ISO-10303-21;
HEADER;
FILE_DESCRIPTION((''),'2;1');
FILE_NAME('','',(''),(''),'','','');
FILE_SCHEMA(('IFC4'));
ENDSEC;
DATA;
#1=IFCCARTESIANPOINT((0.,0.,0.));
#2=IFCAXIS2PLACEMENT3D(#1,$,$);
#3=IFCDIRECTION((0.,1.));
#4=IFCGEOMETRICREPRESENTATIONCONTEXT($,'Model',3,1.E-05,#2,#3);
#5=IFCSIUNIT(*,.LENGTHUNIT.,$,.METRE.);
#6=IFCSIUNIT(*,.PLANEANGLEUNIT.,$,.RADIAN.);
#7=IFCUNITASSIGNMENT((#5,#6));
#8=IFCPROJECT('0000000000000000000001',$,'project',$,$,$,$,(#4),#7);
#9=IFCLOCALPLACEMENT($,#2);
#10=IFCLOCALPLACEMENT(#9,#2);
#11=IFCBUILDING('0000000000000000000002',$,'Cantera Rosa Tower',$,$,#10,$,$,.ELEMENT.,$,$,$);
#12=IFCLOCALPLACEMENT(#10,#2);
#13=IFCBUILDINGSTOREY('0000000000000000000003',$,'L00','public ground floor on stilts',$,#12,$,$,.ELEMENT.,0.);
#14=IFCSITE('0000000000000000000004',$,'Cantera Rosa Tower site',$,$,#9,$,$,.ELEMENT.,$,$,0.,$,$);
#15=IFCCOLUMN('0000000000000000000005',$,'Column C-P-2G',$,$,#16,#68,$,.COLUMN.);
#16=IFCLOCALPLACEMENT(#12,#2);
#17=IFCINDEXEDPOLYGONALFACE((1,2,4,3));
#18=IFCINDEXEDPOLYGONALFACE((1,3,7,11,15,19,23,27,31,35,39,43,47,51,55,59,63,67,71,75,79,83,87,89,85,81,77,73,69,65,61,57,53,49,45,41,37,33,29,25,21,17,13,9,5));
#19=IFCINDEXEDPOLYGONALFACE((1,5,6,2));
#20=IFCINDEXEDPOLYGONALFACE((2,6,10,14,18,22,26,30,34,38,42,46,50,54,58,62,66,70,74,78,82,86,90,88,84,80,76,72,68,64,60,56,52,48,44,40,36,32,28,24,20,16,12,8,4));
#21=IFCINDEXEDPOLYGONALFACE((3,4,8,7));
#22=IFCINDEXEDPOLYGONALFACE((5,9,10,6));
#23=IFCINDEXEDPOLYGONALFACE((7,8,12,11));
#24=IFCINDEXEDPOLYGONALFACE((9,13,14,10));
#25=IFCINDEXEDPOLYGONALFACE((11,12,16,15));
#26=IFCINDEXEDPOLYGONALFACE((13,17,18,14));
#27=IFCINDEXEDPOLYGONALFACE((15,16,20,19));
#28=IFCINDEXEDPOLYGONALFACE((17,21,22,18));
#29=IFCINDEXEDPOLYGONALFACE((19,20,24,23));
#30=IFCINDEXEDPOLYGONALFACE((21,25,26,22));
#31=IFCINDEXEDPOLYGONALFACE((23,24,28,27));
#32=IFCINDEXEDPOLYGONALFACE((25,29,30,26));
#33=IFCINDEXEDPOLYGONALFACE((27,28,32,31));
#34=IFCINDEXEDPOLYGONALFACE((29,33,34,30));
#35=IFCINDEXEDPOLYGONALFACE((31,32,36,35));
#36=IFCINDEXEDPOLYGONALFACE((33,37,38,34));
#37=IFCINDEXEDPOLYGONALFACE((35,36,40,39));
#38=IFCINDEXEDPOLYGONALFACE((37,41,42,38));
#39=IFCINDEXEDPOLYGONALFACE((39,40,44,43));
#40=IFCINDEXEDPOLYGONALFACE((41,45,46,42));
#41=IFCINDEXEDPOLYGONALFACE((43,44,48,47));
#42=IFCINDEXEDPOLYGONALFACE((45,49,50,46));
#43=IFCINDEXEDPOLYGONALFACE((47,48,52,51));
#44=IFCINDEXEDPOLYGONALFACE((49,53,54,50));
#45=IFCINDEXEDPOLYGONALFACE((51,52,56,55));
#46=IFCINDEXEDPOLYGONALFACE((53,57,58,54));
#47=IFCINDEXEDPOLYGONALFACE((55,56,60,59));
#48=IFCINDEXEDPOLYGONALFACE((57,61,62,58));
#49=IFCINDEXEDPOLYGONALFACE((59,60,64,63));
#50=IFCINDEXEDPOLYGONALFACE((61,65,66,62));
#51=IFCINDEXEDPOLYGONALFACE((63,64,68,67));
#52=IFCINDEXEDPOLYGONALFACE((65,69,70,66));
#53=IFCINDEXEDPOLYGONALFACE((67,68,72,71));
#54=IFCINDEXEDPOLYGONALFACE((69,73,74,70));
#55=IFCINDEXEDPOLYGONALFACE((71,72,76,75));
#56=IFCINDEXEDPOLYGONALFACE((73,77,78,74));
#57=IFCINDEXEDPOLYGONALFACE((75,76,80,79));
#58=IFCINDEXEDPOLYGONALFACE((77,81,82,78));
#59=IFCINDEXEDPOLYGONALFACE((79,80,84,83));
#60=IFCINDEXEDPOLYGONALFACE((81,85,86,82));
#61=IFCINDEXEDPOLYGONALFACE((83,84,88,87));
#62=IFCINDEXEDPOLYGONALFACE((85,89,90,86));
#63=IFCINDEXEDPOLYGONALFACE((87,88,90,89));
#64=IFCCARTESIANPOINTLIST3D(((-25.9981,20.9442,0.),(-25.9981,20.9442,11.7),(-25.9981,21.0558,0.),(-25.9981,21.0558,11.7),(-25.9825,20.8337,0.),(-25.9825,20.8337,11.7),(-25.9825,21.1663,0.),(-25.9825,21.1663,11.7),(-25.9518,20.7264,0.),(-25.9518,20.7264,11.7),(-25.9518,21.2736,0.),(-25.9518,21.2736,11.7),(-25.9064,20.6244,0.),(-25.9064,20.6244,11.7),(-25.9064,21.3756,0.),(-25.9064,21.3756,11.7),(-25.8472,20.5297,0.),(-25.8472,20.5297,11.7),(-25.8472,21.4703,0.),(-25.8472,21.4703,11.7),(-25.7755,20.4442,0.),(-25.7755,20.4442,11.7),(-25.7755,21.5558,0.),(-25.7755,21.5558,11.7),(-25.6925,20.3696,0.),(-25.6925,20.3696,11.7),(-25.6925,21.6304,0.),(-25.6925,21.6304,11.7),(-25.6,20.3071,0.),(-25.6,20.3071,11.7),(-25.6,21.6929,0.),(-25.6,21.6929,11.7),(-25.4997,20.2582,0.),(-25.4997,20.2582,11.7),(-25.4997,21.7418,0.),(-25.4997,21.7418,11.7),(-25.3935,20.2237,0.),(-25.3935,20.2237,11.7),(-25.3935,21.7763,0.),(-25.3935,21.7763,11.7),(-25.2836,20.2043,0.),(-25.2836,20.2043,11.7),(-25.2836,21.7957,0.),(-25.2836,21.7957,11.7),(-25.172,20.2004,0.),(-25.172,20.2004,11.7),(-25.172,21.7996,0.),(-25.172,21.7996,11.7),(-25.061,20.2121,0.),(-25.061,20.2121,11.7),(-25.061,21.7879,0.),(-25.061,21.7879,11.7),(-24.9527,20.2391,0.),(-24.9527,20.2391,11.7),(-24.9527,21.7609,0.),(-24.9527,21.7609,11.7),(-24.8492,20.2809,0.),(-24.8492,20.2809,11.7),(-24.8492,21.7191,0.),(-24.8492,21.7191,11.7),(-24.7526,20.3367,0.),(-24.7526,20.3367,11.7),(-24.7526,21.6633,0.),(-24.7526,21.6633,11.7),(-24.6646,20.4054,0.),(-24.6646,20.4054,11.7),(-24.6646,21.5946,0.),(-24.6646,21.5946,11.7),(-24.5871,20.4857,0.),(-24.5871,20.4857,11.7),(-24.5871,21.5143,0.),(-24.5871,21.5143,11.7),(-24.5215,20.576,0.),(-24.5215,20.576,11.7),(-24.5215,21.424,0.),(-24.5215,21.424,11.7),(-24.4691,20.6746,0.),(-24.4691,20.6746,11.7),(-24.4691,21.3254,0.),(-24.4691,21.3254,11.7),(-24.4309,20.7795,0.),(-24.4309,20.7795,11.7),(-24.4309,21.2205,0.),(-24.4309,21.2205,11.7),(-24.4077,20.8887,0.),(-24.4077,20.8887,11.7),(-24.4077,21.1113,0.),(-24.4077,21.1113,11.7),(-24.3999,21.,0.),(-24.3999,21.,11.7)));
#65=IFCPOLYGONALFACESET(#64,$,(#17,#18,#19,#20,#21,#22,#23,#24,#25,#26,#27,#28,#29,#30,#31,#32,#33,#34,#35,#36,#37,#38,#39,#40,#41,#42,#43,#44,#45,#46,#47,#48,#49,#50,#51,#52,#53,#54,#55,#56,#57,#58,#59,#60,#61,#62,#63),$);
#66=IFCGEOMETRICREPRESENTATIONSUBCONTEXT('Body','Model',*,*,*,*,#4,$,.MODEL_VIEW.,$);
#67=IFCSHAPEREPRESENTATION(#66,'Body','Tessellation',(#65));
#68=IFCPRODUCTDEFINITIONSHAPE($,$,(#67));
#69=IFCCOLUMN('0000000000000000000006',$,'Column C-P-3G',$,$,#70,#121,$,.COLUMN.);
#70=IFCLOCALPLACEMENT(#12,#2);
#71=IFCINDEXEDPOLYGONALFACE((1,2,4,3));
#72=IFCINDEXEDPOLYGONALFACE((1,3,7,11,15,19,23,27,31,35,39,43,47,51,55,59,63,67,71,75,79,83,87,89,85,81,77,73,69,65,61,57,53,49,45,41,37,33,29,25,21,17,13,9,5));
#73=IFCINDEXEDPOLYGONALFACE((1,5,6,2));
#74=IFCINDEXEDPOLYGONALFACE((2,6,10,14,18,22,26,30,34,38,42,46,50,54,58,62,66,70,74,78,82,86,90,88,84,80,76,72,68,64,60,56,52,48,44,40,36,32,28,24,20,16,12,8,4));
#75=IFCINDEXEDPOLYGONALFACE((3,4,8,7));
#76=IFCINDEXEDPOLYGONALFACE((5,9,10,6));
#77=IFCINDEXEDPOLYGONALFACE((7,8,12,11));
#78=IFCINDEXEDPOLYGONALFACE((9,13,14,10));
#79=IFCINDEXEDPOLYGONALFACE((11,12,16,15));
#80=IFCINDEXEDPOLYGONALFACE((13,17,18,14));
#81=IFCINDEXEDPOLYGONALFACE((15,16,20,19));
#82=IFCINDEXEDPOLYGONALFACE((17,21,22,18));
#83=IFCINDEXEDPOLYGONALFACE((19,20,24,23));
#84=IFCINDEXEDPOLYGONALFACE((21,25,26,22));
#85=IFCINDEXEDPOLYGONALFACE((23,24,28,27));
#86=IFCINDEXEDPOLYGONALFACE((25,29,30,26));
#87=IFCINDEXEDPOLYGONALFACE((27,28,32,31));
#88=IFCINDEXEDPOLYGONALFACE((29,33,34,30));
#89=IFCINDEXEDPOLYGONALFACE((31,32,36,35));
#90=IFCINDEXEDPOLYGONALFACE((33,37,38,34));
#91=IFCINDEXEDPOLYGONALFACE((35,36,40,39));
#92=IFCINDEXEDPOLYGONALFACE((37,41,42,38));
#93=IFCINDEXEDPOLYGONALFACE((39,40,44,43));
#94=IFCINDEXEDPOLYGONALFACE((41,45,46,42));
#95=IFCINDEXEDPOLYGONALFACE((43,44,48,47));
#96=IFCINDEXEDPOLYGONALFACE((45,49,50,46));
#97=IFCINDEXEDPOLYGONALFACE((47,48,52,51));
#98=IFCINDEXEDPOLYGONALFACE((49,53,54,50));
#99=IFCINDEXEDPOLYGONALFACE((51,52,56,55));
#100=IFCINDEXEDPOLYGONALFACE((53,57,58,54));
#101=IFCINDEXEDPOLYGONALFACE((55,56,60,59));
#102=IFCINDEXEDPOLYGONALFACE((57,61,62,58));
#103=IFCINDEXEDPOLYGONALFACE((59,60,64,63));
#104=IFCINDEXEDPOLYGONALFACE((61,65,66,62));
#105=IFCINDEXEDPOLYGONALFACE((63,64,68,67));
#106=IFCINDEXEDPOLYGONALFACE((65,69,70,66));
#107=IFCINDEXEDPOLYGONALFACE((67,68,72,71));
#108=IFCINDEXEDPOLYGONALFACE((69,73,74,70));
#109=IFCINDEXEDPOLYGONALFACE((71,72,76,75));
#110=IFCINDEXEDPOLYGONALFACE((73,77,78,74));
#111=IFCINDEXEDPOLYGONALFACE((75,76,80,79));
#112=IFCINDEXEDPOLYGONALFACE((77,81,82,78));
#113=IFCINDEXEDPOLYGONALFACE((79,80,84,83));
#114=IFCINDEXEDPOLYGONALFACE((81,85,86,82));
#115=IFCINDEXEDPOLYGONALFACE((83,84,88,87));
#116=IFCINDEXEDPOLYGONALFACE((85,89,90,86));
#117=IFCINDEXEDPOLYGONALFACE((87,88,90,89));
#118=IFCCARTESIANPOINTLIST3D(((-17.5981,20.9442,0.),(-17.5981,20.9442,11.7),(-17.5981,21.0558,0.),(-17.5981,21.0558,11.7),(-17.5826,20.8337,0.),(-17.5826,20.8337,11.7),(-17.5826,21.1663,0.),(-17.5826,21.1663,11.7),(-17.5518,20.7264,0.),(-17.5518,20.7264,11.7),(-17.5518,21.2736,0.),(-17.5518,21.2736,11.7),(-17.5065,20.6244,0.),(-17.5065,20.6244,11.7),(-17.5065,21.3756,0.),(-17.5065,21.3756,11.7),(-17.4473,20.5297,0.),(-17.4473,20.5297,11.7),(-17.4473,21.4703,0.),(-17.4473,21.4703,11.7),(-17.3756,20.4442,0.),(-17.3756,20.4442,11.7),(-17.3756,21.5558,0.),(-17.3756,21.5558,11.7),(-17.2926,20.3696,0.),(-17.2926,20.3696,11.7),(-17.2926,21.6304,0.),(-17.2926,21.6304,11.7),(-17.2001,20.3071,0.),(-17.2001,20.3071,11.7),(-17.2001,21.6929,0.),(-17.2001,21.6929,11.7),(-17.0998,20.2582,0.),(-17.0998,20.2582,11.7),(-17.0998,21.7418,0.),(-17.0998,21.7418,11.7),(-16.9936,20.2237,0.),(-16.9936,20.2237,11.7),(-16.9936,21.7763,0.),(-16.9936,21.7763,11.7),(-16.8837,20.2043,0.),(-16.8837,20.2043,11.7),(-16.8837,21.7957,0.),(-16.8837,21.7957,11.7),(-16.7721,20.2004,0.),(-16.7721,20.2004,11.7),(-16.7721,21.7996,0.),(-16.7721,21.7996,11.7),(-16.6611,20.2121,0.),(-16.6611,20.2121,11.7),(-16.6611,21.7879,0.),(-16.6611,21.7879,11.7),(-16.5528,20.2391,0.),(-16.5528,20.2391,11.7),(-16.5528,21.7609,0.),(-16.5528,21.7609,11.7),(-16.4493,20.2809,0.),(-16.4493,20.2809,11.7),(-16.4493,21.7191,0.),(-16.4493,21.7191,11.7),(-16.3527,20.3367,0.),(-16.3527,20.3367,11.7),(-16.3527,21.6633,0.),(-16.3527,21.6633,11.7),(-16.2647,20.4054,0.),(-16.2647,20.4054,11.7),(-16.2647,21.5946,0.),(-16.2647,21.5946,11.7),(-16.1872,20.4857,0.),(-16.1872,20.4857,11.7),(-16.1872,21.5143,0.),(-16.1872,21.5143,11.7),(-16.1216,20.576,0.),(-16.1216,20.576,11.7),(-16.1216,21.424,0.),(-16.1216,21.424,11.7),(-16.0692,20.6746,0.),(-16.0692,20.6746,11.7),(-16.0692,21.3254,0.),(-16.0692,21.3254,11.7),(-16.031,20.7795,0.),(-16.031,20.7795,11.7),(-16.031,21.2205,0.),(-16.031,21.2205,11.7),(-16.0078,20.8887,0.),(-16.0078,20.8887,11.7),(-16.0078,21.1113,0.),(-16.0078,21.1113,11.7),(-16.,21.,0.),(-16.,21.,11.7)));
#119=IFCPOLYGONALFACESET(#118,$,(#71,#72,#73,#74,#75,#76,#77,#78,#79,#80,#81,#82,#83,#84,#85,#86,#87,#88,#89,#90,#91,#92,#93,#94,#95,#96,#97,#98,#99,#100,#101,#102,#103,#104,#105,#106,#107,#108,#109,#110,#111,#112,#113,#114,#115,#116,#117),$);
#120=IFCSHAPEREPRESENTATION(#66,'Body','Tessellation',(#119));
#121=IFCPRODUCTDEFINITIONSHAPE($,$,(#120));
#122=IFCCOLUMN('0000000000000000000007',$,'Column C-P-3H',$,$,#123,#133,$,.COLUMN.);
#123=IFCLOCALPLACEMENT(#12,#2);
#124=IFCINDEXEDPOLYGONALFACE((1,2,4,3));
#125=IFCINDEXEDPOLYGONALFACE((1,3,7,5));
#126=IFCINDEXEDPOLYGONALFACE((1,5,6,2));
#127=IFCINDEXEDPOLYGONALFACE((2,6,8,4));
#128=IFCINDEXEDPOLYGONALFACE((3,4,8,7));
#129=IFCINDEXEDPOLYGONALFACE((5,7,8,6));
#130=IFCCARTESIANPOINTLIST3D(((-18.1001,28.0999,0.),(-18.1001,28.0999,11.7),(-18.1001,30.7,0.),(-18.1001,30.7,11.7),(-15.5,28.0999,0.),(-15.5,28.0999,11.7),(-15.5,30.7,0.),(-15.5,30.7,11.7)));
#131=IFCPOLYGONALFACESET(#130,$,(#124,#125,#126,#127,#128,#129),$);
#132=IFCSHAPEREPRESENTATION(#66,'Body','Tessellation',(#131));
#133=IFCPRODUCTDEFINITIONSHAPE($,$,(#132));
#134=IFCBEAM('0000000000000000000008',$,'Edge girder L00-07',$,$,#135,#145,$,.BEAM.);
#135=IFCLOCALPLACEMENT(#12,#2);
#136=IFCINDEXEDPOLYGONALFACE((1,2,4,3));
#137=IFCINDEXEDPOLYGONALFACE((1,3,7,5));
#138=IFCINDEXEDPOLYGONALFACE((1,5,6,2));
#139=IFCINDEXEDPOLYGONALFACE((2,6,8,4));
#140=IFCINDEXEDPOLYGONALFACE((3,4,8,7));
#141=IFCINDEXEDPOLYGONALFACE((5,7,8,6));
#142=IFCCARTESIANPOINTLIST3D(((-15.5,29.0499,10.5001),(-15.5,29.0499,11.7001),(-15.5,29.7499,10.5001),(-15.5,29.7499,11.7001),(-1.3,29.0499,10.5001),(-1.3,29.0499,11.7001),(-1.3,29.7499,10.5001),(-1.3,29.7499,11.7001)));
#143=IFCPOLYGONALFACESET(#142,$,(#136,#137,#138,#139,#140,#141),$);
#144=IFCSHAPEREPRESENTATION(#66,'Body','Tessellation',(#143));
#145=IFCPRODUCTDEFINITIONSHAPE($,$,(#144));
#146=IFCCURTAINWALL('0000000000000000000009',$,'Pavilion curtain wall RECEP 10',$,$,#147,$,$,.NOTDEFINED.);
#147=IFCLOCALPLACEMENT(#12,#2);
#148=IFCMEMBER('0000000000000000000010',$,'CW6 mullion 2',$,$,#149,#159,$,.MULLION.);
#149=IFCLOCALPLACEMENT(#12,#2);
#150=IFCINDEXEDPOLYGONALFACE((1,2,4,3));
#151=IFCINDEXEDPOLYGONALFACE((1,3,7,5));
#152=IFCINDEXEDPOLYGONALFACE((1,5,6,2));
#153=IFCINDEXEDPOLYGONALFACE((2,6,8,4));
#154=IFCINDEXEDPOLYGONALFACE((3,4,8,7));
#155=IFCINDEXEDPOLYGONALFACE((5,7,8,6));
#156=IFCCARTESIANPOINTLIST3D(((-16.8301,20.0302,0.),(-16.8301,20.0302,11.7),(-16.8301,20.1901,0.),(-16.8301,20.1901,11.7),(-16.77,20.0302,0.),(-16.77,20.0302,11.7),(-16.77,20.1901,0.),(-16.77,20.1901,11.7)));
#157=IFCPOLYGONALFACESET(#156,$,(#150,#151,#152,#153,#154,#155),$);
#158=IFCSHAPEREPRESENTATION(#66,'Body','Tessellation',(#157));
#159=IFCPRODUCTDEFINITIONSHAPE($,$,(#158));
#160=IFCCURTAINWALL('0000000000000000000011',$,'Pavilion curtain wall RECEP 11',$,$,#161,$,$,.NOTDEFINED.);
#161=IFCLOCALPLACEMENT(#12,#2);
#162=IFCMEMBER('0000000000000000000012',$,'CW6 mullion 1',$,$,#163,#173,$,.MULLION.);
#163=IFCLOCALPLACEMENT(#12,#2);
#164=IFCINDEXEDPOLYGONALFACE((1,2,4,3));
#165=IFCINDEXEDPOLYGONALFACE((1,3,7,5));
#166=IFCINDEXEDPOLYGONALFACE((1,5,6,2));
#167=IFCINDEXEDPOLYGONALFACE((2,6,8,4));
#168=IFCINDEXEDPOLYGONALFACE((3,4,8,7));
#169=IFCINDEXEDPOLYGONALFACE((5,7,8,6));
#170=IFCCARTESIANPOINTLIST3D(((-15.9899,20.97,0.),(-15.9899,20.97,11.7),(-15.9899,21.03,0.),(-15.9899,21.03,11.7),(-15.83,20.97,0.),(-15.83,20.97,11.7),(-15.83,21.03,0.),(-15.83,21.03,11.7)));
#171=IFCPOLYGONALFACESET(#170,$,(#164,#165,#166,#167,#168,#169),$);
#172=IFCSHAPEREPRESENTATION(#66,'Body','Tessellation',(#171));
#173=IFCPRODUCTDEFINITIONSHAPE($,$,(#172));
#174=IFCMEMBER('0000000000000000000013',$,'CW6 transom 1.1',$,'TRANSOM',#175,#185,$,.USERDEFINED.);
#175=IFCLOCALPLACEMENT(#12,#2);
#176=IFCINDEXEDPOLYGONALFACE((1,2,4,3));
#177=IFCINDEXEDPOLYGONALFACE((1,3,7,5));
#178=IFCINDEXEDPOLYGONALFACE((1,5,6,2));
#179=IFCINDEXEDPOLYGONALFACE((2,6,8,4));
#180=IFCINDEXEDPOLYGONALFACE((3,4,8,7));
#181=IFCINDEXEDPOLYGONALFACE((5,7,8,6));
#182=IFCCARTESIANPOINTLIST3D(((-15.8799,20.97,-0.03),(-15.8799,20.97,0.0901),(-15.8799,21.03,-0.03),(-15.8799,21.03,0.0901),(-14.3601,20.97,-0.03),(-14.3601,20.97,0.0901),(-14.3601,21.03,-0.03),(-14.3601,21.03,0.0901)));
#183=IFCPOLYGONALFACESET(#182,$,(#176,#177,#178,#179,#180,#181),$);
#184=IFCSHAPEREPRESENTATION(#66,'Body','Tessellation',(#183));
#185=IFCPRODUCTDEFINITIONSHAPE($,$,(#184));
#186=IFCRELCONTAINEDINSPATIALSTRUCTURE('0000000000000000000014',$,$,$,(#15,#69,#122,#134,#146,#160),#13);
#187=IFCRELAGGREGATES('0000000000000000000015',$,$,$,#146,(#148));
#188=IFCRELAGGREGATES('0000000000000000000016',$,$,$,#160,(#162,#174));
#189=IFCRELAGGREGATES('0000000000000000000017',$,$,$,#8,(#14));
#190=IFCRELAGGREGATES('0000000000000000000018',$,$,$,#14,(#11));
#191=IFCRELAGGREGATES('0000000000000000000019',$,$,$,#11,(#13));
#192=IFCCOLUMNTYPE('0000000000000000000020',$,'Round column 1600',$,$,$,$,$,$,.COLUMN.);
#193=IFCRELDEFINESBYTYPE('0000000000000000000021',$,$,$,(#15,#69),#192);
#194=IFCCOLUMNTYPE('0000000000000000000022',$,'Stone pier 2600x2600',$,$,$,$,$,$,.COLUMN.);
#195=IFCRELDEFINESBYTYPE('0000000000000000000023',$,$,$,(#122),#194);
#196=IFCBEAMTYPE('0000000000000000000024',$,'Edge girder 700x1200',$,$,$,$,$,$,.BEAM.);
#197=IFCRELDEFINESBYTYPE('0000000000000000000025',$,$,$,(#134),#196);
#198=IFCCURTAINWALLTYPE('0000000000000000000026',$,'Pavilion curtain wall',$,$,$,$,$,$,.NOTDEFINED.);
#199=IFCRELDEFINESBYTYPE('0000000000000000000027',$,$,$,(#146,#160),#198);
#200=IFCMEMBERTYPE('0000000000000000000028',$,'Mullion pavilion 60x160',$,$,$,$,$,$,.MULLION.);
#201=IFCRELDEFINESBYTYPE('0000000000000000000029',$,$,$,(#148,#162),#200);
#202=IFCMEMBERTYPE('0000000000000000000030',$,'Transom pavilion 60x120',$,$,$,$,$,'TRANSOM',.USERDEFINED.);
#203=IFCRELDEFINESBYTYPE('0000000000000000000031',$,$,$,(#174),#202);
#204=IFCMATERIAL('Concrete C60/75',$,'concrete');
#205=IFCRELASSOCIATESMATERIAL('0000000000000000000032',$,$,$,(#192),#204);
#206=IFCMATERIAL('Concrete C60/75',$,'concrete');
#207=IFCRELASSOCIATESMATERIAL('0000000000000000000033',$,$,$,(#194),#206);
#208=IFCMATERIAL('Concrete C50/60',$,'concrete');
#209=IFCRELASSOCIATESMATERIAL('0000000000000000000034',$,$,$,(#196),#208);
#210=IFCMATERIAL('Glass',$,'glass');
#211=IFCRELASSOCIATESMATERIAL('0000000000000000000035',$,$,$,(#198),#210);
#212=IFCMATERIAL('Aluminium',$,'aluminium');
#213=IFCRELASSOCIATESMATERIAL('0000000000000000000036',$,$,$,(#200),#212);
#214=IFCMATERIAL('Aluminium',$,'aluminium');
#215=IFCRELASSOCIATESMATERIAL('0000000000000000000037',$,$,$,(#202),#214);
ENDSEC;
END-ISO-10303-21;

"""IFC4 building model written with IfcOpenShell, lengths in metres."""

from ifc_helpers import new_model, si_unit, direction, frame, origin, origin_2d, place, context, subcontext, project, spatial, rectangle, circle, extrude, material, material_profile, profile_set, type_object, element, aggregate, save


model = new_model("IFC4")

# Units and contexts
model_context = context("Model", 3, precision=1e-05, world=origin(), true_north=direction((0.0, 1.0)))
body_context = subcontext(model_context, "Body", "Model", "MODEL_VIEW")
ifc_project = project(units=[si_unit("LENGTHUNIT", "METRE"), si_unit("PLANEANGLEUNIT", "RADIAN")], contexts=[model_context])

# Site, building, storey
site_placement = place(None, origin())
site = spatial("IfcSite", under=ifc_project, at=site_placement, Name="Cantera Rosa Tower site", CompositionType="ELEMENT", RefElevation=0.0)
building_placement = place(site_placement, origin())
building = spatial("IfcBuilding", under=site, at=building_placement, Name="Cantera Rosa Tower", CompositionType="ELEMENT")
storey_placement = place(building_placement, origin())
storey = spatial("IfcBuildingStorey", under=building, at=storey_placement, Name="L00", Description="public ground floor on stilts", CompositionType="ELEMENT", Elevation=0.0)

# Columns
ifc_material_1 = material(Name="Concrete C60/75", Category="concrete")
ifc_material_profile_1 = material_profile(ifc_material_1, circle(Radius=0.8, at=origin_2d()), Name="Round column 1600")
ifc_profile_set_1 = profile_set([ifc_material_profile_1], Name="Concrete C60/75")
column_type_1 = type_object("IfcColumnType", Name="Round column 1600", PredefinedType="COLUMN", material=ifc_profile_set_1)
for number, where, z_axis, x_axis, name in (
    (1, (-25.2, 21.0, 0.0), (0.0, 0.0, 1.0), (1.0, 0.0, 0.0), "Column C-P-2G"),
    (2, (-16.8, 21.0, 0.0), (0.0, 0.0, 1.0), (1.0, 0.0, 0.0), "Column C-P-3G"),
):
    element("IfcColumn", number, at=place(storey_placement, frame(where, z_axis=z_axis, x_axis=x_axis)), inside=storey, type_object=column_type_1, Name=name, PredefinedType="COLUMN", context=body_context, shape_type="SweptSolid", body=[
        extrude(circle(Radius=0.8, at=origin_2d()), origin(), (0.0, 0.0, 1.0), 11.7),
    ])
ifc_material_2 = material(Name="Concrete C60/75", Category="concrete")
ifc_material_profile_2 = material_profile(ifc_material_2, rectangle(XDim=2.6001, YDim=2.6001, at=origin_2d()), Name="Stone pier 2600x2600")
ifc_profile_set_2 = profile_set([ifc_material_profile_2], Name="Concrete C60/75")
column_type_2 = type_object("IfcColumnType", Name="Stone pier 2600x2600", PredefinedType="COLUMN", material=ifc_profile_set_2)
column_placement = place(storey_placement, frame((-16.8, 29.3999, 0.0), z_axis=(0.0, 0.0, 1.0), x_axis=(1.0, 0.0, 0.0)))
element("IfcColumn", 3, at=column_placement, inside=storey, type_object=column_type_2, Name="Column C-P-3H", PredefinedType="COLUMN", context=body_context, shape_type="SweptSolid", body=[
    extrude(rectangle(XDim=2.6001, YDim=2.6001, at=origin_2d()), origin(), (0.0, 0.0, 1.0), 11.7),
])

# Beam
ifc_material_3 = material(Name="Concrete C50/60", Category="concrete")
ifc_material_profile_3 = material_profile(ifc_material_3, rectangle(XDim=0.7, YDim=1.2, at=origin_2d()), Name="Edge girder 700x1200")
ifc_profile_set_3 = profile_set([ifc_material_profile_3], Name="Concrete C50/60")
beam_type = type_object("IfcBeamType", Name="Edge girder 700x1200", PredefinedType="BEAM", material=ifc_profile_set_3)
beam_placement = place(storey_placement, frame((-15.5, 29.3999, 11.1001), z_axis=(1.0, 0.0, 0.0), x_axis=(0.0, 1.0, 0.0)))
element("IfcBeam", 4, at=beam_placement, inside=storey, type_object=beam_type, Name="Edge girder L00-07", PredefinedType="BEAM", context=body_context, shape_type="SweptSolid", body=[
    extrude(rectangle(XDim=0.7, YDim=1.2, at=origin_2d()), origin(), (0.0, 0.0, 1.0), 14.2),
])

# Curtain wall, member
ifc_material_4 = material(Name="Glass", Category="glass")
curtain_wall_type = type_object("IfcCurtainWallType", Name="Pavilion curtain wall", PredefinedType="NOTDEFINED", material=ifc_material_4)
curtain_wall_1_placement = place(storey_placement, origin())
curtain_wall_1 = element("IfcCurtainWall", 5, at=curtain_wall_1_placement, inside=storey, type_object=curtain_wall_type, Name="Pavilion curtain wall RECEP 10", PredefinedType="NOTDEFINED")
ifc_material_5 = material(Name="Aluminium", Category="aluminium")
ifc_material_profile_4 = material_profile(ifc_material_5, rectangle(XDim=0.0601, YDim=0.1599, at=origin_2d()), Name="Mullion pavilion 60x160")
ifc_profile_set_4 = profile_set([ifc_material_profile_4], Name="Aluminium")
member_type_1 = type_object("IfcMemberType", Name="Mullion pavilion 60x160", PredefinedType="MULLION", material=ifc_profile_set_4)
member_1_placement = place(storey_placement, frame((-16.8, 20.1101, 0.0), z_axis=(0.0, 0.0, 1.0), x_axis=(-1.0, 0.0, 0.0)))
member_1 = element("IfcMember", 6, at=member_1_placement, type_object=member_type_1, Name="CW6 mullion 2", PredefinedType="MULLION", context=body_context, shape_type="SweptSolid", body=[
    extrude(rectangle(XDim=0.0601, YDim=0.1599, at=origin_2d()), origin(), (0.0, 0.0, 1.0), 11.7),
])

# Curtain wall, members
curtain_wall_2_placement = place(storey_placement, origin())
curtain_wall_2 = element("IfcCurtainWall", 7, at=curtain_wall_2_placement, inside=storey, type_object=curtain_wall_type, Name="Pavilion curtain wall RECEP 11", PredefinedType="NOTDEFINED")
member_2_placement = place(storey_placement, frame((-15.9099, 21.0, 0.0), z_axis=(0.0, 0.0, 1.0), x_axis=(0.0, 1.0, 0.0)))
member_2 = element("IfcMember", 8, at=member_2_placement, type_object=member_type_1, Name="CW6 mullion 1", PredefinedType="MULLION", context=body_context, shape_type="SweptSolid", body=[
    extrude(rectangle(XDim=0.0601, YDim=0.1599, at=origin_2d()), origin(), (0.0, 0.0, 1.0), 11.7),
])
ifc_material_6 = material(Name="Aluminium", Category="aluminium")
ifc_material_profile_5 = material_profile(ifc_material_6, rectangle(XDim=0.0601, YDim=0.1201, at=origin_2d()), Name="Transom pavilion 60x120")
ifc_profile_set_5 = profile_set([ifc_material_profile_5], Name="Aluminium")
member_type_2 = type_object("IfcMemberType", Name="Transom pavilion 60x120", ElementType="TRANSOM", PredefinedType="USERDEFINED", material=ifc_profile_set_5)
member_3_placement = place(storey_placement, frame((-15.8799, 21.0, 0.03), z_axis=(1.0, 0.0, 0.0), x_axis=(0.0, 1.0, 0.0)))
member_3 = element("IfcMember", 9, at=member_3_placement, type_object=member_type_2, Name="CW6 transom 1.1", ObjectType="TRANSOM", PredefinedType="USERDEFINED", context=body_context, shape_type="SweptSolid", body=[
    extrude(rectangle(XDim=0.0601, YDim=0.1201, at=origin_2d()), origin(), (0.0, 0.0, 1.0), 1.5198),
])

aggregate(curtain_wall_1, [member_1])
aggregate(curtain_wall_2, [member_2, member_3])

save(model, "model.ifc")
